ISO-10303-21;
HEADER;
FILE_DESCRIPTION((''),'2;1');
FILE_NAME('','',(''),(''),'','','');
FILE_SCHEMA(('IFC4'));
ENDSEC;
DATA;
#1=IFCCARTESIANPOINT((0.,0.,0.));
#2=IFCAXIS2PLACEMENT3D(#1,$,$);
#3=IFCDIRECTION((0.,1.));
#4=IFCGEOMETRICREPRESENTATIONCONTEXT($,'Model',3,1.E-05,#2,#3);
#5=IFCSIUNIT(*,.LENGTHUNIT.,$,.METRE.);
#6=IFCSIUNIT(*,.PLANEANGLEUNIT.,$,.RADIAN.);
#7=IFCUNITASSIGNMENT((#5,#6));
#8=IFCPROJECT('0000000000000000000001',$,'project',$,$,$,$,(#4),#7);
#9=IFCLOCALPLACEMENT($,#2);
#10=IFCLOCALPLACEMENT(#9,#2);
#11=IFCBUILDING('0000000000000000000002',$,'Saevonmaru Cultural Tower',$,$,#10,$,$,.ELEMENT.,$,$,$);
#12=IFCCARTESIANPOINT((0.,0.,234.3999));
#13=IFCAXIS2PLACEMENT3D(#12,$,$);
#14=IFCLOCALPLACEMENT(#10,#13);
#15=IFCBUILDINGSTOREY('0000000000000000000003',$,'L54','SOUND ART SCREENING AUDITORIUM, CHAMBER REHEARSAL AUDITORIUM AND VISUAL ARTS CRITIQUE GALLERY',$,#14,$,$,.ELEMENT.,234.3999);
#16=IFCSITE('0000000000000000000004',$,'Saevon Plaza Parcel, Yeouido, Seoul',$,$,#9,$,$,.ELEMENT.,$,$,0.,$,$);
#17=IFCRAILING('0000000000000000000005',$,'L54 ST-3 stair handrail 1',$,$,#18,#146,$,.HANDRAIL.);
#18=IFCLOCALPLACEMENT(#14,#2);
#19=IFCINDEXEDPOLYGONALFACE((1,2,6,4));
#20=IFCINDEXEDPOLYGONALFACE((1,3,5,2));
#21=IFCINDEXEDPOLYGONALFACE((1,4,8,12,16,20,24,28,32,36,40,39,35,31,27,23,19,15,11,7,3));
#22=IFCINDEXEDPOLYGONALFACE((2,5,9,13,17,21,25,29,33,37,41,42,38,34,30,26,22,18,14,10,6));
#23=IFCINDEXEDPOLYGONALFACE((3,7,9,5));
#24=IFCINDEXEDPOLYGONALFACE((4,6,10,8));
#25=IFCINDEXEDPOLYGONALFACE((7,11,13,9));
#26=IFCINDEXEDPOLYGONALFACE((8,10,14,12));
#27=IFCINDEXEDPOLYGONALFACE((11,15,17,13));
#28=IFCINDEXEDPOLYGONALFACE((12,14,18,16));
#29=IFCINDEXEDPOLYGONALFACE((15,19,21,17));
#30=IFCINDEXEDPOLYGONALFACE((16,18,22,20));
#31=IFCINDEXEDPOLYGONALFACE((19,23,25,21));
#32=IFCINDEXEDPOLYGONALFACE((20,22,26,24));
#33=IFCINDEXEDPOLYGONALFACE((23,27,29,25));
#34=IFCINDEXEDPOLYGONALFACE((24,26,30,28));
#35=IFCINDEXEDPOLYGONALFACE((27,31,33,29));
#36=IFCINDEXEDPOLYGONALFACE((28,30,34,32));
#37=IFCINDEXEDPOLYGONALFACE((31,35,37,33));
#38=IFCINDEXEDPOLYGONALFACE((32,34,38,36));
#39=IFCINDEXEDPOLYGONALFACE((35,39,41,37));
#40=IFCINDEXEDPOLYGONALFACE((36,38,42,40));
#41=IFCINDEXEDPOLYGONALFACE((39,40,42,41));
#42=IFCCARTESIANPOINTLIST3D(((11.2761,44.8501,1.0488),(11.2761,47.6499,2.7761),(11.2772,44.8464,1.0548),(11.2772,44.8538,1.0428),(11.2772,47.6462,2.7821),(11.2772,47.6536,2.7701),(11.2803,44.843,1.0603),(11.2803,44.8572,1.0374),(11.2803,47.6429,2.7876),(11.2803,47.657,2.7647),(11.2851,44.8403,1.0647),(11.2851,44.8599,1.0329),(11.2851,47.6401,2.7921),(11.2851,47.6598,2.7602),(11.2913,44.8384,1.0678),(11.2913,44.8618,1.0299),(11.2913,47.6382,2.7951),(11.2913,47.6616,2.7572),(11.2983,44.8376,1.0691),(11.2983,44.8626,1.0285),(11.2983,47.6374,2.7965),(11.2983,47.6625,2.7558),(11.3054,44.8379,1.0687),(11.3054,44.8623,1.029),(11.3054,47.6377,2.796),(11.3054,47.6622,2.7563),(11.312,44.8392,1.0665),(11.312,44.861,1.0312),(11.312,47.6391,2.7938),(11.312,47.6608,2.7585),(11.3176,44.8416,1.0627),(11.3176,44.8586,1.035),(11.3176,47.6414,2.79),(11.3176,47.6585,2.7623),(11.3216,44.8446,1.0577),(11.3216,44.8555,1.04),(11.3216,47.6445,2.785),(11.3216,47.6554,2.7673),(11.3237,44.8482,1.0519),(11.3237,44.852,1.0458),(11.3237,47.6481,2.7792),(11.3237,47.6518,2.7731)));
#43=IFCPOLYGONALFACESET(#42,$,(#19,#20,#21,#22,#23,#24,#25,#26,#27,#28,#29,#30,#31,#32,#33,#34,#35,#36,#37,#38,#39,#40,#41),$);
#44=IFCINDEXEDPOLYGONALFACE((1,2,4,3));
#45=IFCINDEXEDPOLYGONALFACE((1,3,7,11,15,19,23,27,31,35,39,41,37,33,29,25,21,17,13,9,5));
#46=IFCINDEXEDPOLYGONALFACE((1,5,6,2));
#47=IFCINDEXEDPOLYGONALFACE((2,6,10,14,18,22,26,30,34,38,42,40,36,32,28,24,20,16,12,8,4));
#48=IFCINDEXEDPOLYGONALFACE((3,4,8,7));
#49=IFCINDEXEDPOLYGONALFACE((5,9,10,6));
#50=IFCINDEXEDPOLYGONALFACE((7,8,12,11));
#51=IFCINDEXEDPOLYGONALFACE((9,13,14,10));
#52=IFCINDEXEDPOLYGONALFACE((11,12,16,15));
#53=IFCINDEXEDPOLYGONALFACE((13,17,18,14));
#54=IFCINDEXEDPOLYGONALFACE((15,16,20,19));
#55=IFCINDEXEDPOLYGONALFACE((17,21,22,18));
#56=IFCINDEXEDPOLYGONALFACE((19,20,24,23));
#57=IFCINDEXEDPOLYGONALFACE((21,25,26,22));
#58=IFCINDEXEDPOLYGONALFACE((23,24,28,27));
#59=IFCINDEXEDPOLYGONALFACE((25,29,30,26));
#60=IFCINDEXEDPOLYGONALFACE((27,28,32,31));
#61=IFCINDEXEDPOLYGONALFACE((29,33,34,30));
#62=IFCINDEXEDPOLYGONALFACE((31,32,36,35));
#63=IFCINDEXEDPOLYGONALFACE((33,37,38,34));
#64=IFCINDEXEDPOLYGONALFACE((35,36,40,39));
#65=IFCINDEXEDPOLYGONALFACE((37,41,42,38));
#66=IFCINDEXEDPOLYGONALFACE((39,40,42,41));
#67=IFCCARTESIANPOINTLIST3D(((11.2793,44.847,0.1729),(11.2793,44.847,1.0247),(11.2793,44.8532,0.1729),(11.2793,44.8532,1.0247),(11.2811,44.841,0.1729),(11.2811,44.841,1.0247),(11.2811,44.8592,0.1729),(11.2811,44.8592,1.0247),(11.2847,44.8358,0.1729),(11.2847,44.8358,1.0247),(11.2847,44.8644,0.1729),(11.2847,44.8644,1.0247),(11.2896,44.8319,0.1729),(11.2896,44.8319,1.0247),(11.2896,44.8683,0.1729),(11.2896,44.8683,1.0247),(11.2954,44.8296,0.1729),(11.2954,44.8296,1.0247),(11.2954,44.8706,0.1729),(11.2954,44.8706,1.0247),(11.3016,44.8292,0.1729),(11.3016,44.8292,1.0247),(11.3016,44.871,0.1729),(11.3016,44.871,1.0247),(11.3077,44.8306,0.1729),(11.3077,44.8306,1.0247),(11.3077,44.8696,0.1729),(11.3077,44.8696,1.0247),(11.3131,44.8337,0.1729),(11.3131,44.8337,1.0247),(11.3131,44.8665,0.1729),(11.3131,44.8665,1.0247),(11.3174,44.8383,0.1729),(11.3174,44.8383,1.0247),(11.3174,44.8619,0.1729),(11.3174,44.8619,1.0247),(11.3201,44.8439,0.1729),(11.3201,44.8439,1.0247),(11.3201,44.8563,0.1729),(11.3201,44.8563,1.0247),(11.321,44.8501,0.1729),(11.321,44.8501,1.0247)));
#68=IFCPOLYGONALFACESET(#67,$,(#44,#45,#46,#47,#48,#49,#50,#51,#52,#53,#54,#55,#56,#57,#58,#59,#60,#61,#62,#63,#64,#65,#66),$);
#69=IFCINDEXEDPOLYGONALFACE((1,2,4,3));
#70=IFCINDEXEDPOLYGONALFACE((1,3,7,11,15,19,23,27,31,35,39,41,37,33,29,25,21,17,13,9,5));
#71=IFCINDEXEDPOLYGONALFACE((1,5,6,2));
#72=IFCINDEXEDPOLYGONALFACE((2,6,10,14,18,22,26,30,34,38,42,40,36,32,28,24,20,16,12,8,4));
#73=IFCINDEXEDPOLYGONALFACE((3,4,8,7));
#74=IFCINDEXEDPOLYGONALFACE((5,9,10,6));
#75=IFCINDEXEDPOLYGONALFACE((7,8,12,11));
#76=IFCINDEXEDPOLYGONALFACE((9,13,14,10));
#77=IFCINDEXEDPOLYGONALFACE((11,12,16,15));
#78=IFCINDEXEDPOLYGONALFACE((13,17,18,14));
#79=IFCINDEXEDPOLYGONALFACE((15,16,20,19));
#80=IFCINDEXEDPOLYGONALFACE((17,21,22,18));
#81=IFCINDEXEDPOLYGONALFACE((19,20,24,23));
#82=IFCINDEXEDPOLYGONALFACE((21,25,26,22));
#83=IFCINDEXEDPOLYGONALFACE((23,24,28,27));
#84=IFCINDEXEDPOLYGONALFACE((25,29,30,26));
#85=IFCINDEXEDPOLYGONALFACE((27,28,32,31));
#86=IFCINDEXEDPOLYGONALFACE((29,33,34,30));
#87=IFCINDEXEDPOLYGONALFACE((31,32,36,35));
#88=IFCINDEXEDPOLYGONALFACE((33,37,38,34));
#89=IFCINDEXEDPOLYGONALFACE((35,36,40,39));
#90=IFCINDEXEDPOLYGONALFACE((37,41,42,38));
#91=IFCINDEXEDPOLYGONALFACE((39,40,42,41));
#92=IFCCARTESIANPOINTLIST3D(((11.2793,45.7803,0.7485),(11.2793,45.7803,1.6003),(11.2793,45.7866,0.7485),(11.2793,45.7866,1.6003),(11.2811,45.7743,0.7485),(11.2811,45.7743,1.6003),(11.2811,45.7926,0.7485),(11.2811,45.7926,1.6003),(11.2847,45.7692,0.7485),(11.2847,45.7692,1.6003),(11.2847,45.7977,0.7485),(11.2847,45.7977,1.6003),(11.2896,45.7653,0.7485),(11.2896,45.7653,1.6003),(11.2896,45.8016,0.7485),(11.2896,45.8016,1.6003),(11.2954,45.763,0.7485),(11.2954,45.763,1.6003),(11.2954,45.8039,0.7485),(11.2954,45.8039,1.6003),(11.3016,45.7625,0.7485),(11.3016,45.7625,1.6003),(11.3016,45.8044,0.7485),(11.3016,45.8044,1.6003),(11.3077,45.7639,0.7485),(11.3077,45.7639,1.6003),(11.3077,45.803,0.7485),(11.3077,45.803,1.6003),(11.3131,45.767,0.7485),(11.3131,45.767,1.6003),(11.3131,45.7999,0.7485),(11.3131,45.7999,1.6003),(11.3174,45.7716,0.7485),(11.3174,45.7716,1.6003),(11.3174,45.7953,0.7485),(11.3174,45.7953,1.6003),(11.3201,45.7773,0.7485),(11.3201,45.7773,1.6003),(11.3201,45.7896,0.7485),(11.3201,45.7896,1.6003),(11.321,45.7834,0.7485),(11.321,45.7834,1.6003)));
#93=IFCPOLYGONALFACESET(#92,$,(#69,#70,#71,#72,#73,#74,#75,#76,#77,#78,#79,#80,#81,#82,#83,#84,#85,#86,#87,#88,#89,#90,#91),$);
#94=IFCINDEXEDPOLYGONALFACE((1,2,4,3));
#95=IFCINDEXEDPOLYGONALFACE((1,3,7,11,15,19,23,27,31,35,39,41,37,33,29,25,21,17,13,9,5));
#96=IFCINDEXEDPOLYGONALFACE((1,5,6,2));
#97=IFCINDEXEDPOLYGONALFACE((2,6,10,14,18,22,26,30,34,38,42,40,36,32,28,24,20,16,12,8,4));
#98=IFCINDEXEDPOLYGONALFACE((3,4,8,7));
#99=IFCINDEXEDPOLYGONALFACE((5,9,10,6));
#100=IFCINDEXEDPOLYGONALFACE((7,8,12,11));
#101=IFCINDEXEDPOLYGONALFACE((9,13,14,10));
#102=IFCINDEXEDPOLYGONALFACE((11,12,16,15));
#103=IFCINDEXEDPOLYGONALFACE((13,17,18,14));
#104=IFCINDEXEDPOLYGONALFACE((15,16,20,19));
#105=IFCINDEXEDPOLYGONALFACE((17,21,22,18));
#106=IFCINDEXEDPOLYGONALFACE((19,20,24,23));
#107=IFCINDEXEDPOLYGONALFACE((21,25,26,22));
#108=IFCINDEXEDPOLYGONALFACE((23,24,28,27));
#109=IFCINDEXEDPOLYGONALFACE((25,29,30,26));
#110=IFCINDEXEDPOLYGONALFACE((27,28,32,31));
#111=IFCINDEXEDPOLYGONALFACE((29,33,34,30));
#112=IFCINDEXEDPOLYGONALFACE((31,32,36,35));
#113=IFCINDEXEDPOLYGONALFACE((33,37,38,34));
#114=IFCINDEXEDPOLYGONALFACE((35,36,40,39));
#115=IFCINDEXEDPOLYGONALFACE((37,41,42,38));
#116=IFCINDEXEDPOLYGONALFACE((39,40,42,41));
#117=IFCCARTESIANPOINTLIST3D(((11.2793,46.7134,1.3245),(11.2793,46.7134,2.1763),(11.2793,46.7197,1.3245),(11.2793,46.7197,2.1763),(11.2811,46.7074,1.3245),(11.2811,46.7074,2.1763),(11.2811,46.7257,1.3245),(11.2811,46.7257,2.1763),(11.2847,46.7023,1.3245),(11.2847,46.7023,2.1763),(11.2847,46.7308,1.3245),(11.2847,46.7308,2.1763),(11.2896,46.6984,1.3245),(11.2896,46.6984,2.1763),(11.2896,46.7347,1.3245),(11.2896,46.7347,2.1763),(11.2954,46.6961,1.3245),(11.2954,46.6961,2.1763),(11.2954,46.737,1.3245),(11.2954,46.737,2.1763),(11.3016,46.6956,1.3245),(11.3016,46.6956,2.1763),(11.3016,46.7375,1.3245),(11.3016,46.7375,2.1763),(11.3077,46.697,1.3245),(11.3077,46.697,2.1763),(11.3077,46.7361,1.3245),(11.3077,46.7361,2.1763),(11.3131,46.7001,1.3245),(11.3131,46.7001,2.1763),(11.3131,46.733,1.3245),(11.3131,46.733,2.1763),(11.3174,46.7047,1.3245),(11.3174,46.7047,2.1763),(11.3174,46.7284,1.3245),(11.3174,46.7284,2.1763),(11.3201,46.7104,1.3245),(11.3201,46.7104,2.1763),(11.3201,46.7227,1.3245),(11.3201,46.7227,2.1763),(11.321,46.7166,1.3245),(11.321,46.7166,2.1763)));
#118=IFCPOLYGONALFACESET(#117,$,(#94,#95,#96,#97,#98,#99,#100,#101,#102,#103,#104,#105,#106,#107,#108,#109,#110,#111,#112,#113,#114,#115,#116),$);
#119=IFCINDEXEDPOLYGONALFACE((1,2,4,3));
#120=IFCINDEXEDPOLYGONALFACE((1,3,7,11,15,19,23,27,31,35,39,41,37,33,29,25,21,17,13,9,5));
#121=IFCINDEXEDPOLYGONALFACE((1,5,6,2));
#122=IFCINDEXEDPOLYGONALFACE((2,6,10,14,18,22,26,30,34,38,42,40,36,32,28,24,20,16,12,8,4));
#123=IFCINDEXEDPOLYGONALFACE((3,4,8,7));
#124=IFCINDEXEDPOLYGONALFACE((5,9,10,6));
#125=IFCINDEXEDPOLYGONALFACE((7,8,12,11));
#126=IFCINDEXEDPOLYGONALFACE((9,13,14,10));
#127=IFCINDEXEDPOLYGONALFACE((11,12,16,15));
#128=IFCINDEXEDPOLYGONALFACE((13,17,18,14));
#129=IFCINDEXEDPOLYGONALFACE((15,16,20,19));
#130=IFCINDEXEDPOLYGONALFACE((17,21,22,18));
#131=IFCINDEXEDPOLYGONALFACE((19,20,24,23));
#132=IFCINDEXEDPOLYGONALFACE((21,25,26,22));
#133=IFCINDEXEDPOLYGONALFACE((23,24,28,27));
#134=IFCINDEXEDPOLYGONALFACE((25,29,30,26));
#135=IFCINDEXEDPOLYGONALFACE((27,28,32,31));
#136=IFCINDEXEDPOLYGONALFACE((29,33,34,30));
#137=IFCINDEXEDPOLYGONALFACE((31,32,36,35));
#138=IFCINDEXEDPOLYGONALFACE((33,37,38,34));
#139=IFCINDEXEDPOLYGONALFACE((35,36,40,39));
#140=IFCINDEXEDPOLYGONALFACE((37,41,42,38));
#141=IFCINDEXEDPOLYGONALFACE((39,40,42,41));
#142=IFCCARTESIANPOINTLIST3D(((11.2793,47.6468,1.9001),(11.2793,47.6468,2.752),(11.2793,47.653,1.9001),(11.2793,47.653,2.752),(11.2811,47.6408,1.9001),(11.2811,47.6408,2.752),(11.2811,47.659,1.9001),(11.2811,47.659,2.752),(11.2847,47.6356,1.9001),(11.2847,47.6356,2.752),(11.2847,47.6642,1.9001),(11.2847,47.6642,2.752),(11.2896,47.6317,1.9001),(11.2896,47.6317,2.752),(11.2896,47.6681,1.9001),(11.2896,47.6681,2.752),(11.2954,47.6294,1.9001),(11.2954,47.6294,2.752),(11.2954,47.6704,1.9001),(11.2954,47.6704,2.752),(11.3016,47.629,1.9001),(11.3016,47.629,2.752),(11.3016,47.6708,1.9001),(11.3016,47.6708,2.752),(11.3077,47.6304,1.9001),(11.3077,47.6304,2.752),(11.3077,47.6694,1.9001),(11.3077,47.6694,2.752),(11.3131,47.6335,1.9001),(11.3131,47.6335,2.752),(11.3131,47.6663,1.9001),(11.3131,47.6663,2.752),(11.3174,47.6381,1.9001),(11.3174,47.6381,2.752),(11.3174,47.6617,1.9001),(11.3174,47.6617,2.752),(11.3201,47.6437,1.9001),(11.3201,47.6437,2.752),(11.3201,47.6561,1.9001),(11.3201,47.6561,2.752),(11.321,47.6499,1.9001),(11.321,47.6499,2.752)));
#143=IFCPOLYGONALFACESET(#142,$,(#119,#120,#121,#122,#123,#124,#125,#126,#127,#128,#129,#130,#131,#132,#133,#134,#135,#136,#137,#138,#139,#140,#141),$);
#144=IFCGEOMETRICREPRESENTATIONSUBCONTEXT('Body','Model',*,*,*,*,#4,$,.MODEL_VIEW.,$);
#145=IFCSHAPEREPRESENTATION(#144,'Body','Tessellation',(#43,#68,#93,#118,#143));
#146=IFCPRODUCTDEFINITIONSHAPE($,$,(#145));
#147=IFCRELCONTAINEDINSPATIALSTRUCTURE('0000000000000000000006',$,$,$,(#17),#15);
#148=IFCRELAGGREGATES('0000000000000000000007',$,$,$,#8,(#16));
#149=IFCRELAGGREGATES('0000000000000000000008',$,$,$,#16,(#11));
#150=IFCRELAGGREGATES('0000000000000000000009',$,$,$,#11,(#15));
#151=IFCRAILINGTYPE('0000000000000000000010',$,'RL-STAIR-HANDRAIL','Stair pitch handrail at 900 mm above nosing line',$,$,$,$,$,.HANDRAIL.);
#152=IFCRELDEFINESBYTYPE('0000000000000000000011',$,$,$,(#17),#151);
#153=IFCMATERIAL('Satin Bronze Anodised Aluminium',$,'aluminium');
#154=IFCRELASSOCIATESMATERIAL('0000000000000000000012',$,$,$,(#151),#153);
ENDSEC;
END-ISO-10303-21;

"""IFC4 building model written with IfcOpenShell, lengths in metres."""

from ifc_helpers import new_model, si_unit, direction, frame, origin, origin_2d, place, context, subcontext, project, spatial, circle, extrude, material, type_object, element, save


model = new_model("IFC4")

# Units and contexts
model_context = context("Model", 3, precision=1e-05, world=origin(), true_north=direction((0.0, 1.0)))
body_context = subcontext(model_context, "Body", "Model", "MODEL_VIEW")
ifc_project = project(units=[si_unit("LENGTHUNIT", "METRE"), si_unit("PLANEANGLEUNIT", "RADIAN")], contexts=[model_context])

# Site, building, storey
site_placement = place(None, origin())
site = spatial("IfcSite", under=ifc_project, at=site_placement, Name="Saevon Plaza Parcel, Yeouido, Seoul", CompositionType="ELEMENT", RefElevation=0.0)
building_placement = place(site_placement, origin())
building = spatial("IfcBuilding", under=site, at=building_placement, Name="Saevonmaru Cultural Tower", CompositionType="ELEMENT")
storey_placement = place(building_placement, frame((0.0, 0.0, 234.3999)))
storey = spatial("IfcBuildingStorey", under=building, at=storey_placement, Name="L54", Description="SOUND ART SCREENING AUDITORIUM, CHAMBER REHEARSAL AUDITORIUM AND VISUAL ARTS CRITIQUE GALLERY", CompositionType="ELEMENT", Elevation=234.3999)

# Shared definitions
ifc_material_1 = material(Name="Satin Bronze Anodised Aluminium", Category="aluminium")

# Railing
railing_type_1 = type_object("IfcRailingType", Name="RL-STAIR-HANDRAIL", Description="Stair pitch handrail at 900 mm above nosing line", PredefinedType="HANDRAIL", material=ifc_material_1)
railing_1_placement = place(storey_placement, frame((11.3, 44.8501, 0.1729)))
element("IfcRailing", 1, at=railing_1_placement, inside=storey, type_object=railing_type_1, Name="L54 ST-3 stair handrail 1", PredefinedType="HANDRAIL", context=body_context, shape_type="SweptSolid", body=[
    extrude(circle(Radius=0.0239, at=origin_2d()), frame((0.0, 0.0, 0.876), z_axis=(0.0, 0.851069, 0.525054), x_axis=(-1.0, 0.0, 0.0)), (0.0, 0.0, 1.0), 3.2898),
    extrude(circle(Radius=0.021, at=origin_2d()), origin(), (0.0, 0.0, 1.0), 0.8518),
    extrude(circle(Radius=0.021, at=origin_2d()), frame((0.0, 0.9333, 0.5757)), (0.0, 0.0, 1.0), 0.8518),
    extrude(circle(Radius=0.021, at=origin_2d()), frame((0.0, 1.8665, 1.1516)), (0.0, 0.0, 1.0), 0.8518),
    extrude(circle(Radius=0.021, at=origin_2d()), frame((0.0, 2.7998, 1.7273)), (0.0, 0.0, 1.0), 0.8518),
])

save(model, "model.ifc")
